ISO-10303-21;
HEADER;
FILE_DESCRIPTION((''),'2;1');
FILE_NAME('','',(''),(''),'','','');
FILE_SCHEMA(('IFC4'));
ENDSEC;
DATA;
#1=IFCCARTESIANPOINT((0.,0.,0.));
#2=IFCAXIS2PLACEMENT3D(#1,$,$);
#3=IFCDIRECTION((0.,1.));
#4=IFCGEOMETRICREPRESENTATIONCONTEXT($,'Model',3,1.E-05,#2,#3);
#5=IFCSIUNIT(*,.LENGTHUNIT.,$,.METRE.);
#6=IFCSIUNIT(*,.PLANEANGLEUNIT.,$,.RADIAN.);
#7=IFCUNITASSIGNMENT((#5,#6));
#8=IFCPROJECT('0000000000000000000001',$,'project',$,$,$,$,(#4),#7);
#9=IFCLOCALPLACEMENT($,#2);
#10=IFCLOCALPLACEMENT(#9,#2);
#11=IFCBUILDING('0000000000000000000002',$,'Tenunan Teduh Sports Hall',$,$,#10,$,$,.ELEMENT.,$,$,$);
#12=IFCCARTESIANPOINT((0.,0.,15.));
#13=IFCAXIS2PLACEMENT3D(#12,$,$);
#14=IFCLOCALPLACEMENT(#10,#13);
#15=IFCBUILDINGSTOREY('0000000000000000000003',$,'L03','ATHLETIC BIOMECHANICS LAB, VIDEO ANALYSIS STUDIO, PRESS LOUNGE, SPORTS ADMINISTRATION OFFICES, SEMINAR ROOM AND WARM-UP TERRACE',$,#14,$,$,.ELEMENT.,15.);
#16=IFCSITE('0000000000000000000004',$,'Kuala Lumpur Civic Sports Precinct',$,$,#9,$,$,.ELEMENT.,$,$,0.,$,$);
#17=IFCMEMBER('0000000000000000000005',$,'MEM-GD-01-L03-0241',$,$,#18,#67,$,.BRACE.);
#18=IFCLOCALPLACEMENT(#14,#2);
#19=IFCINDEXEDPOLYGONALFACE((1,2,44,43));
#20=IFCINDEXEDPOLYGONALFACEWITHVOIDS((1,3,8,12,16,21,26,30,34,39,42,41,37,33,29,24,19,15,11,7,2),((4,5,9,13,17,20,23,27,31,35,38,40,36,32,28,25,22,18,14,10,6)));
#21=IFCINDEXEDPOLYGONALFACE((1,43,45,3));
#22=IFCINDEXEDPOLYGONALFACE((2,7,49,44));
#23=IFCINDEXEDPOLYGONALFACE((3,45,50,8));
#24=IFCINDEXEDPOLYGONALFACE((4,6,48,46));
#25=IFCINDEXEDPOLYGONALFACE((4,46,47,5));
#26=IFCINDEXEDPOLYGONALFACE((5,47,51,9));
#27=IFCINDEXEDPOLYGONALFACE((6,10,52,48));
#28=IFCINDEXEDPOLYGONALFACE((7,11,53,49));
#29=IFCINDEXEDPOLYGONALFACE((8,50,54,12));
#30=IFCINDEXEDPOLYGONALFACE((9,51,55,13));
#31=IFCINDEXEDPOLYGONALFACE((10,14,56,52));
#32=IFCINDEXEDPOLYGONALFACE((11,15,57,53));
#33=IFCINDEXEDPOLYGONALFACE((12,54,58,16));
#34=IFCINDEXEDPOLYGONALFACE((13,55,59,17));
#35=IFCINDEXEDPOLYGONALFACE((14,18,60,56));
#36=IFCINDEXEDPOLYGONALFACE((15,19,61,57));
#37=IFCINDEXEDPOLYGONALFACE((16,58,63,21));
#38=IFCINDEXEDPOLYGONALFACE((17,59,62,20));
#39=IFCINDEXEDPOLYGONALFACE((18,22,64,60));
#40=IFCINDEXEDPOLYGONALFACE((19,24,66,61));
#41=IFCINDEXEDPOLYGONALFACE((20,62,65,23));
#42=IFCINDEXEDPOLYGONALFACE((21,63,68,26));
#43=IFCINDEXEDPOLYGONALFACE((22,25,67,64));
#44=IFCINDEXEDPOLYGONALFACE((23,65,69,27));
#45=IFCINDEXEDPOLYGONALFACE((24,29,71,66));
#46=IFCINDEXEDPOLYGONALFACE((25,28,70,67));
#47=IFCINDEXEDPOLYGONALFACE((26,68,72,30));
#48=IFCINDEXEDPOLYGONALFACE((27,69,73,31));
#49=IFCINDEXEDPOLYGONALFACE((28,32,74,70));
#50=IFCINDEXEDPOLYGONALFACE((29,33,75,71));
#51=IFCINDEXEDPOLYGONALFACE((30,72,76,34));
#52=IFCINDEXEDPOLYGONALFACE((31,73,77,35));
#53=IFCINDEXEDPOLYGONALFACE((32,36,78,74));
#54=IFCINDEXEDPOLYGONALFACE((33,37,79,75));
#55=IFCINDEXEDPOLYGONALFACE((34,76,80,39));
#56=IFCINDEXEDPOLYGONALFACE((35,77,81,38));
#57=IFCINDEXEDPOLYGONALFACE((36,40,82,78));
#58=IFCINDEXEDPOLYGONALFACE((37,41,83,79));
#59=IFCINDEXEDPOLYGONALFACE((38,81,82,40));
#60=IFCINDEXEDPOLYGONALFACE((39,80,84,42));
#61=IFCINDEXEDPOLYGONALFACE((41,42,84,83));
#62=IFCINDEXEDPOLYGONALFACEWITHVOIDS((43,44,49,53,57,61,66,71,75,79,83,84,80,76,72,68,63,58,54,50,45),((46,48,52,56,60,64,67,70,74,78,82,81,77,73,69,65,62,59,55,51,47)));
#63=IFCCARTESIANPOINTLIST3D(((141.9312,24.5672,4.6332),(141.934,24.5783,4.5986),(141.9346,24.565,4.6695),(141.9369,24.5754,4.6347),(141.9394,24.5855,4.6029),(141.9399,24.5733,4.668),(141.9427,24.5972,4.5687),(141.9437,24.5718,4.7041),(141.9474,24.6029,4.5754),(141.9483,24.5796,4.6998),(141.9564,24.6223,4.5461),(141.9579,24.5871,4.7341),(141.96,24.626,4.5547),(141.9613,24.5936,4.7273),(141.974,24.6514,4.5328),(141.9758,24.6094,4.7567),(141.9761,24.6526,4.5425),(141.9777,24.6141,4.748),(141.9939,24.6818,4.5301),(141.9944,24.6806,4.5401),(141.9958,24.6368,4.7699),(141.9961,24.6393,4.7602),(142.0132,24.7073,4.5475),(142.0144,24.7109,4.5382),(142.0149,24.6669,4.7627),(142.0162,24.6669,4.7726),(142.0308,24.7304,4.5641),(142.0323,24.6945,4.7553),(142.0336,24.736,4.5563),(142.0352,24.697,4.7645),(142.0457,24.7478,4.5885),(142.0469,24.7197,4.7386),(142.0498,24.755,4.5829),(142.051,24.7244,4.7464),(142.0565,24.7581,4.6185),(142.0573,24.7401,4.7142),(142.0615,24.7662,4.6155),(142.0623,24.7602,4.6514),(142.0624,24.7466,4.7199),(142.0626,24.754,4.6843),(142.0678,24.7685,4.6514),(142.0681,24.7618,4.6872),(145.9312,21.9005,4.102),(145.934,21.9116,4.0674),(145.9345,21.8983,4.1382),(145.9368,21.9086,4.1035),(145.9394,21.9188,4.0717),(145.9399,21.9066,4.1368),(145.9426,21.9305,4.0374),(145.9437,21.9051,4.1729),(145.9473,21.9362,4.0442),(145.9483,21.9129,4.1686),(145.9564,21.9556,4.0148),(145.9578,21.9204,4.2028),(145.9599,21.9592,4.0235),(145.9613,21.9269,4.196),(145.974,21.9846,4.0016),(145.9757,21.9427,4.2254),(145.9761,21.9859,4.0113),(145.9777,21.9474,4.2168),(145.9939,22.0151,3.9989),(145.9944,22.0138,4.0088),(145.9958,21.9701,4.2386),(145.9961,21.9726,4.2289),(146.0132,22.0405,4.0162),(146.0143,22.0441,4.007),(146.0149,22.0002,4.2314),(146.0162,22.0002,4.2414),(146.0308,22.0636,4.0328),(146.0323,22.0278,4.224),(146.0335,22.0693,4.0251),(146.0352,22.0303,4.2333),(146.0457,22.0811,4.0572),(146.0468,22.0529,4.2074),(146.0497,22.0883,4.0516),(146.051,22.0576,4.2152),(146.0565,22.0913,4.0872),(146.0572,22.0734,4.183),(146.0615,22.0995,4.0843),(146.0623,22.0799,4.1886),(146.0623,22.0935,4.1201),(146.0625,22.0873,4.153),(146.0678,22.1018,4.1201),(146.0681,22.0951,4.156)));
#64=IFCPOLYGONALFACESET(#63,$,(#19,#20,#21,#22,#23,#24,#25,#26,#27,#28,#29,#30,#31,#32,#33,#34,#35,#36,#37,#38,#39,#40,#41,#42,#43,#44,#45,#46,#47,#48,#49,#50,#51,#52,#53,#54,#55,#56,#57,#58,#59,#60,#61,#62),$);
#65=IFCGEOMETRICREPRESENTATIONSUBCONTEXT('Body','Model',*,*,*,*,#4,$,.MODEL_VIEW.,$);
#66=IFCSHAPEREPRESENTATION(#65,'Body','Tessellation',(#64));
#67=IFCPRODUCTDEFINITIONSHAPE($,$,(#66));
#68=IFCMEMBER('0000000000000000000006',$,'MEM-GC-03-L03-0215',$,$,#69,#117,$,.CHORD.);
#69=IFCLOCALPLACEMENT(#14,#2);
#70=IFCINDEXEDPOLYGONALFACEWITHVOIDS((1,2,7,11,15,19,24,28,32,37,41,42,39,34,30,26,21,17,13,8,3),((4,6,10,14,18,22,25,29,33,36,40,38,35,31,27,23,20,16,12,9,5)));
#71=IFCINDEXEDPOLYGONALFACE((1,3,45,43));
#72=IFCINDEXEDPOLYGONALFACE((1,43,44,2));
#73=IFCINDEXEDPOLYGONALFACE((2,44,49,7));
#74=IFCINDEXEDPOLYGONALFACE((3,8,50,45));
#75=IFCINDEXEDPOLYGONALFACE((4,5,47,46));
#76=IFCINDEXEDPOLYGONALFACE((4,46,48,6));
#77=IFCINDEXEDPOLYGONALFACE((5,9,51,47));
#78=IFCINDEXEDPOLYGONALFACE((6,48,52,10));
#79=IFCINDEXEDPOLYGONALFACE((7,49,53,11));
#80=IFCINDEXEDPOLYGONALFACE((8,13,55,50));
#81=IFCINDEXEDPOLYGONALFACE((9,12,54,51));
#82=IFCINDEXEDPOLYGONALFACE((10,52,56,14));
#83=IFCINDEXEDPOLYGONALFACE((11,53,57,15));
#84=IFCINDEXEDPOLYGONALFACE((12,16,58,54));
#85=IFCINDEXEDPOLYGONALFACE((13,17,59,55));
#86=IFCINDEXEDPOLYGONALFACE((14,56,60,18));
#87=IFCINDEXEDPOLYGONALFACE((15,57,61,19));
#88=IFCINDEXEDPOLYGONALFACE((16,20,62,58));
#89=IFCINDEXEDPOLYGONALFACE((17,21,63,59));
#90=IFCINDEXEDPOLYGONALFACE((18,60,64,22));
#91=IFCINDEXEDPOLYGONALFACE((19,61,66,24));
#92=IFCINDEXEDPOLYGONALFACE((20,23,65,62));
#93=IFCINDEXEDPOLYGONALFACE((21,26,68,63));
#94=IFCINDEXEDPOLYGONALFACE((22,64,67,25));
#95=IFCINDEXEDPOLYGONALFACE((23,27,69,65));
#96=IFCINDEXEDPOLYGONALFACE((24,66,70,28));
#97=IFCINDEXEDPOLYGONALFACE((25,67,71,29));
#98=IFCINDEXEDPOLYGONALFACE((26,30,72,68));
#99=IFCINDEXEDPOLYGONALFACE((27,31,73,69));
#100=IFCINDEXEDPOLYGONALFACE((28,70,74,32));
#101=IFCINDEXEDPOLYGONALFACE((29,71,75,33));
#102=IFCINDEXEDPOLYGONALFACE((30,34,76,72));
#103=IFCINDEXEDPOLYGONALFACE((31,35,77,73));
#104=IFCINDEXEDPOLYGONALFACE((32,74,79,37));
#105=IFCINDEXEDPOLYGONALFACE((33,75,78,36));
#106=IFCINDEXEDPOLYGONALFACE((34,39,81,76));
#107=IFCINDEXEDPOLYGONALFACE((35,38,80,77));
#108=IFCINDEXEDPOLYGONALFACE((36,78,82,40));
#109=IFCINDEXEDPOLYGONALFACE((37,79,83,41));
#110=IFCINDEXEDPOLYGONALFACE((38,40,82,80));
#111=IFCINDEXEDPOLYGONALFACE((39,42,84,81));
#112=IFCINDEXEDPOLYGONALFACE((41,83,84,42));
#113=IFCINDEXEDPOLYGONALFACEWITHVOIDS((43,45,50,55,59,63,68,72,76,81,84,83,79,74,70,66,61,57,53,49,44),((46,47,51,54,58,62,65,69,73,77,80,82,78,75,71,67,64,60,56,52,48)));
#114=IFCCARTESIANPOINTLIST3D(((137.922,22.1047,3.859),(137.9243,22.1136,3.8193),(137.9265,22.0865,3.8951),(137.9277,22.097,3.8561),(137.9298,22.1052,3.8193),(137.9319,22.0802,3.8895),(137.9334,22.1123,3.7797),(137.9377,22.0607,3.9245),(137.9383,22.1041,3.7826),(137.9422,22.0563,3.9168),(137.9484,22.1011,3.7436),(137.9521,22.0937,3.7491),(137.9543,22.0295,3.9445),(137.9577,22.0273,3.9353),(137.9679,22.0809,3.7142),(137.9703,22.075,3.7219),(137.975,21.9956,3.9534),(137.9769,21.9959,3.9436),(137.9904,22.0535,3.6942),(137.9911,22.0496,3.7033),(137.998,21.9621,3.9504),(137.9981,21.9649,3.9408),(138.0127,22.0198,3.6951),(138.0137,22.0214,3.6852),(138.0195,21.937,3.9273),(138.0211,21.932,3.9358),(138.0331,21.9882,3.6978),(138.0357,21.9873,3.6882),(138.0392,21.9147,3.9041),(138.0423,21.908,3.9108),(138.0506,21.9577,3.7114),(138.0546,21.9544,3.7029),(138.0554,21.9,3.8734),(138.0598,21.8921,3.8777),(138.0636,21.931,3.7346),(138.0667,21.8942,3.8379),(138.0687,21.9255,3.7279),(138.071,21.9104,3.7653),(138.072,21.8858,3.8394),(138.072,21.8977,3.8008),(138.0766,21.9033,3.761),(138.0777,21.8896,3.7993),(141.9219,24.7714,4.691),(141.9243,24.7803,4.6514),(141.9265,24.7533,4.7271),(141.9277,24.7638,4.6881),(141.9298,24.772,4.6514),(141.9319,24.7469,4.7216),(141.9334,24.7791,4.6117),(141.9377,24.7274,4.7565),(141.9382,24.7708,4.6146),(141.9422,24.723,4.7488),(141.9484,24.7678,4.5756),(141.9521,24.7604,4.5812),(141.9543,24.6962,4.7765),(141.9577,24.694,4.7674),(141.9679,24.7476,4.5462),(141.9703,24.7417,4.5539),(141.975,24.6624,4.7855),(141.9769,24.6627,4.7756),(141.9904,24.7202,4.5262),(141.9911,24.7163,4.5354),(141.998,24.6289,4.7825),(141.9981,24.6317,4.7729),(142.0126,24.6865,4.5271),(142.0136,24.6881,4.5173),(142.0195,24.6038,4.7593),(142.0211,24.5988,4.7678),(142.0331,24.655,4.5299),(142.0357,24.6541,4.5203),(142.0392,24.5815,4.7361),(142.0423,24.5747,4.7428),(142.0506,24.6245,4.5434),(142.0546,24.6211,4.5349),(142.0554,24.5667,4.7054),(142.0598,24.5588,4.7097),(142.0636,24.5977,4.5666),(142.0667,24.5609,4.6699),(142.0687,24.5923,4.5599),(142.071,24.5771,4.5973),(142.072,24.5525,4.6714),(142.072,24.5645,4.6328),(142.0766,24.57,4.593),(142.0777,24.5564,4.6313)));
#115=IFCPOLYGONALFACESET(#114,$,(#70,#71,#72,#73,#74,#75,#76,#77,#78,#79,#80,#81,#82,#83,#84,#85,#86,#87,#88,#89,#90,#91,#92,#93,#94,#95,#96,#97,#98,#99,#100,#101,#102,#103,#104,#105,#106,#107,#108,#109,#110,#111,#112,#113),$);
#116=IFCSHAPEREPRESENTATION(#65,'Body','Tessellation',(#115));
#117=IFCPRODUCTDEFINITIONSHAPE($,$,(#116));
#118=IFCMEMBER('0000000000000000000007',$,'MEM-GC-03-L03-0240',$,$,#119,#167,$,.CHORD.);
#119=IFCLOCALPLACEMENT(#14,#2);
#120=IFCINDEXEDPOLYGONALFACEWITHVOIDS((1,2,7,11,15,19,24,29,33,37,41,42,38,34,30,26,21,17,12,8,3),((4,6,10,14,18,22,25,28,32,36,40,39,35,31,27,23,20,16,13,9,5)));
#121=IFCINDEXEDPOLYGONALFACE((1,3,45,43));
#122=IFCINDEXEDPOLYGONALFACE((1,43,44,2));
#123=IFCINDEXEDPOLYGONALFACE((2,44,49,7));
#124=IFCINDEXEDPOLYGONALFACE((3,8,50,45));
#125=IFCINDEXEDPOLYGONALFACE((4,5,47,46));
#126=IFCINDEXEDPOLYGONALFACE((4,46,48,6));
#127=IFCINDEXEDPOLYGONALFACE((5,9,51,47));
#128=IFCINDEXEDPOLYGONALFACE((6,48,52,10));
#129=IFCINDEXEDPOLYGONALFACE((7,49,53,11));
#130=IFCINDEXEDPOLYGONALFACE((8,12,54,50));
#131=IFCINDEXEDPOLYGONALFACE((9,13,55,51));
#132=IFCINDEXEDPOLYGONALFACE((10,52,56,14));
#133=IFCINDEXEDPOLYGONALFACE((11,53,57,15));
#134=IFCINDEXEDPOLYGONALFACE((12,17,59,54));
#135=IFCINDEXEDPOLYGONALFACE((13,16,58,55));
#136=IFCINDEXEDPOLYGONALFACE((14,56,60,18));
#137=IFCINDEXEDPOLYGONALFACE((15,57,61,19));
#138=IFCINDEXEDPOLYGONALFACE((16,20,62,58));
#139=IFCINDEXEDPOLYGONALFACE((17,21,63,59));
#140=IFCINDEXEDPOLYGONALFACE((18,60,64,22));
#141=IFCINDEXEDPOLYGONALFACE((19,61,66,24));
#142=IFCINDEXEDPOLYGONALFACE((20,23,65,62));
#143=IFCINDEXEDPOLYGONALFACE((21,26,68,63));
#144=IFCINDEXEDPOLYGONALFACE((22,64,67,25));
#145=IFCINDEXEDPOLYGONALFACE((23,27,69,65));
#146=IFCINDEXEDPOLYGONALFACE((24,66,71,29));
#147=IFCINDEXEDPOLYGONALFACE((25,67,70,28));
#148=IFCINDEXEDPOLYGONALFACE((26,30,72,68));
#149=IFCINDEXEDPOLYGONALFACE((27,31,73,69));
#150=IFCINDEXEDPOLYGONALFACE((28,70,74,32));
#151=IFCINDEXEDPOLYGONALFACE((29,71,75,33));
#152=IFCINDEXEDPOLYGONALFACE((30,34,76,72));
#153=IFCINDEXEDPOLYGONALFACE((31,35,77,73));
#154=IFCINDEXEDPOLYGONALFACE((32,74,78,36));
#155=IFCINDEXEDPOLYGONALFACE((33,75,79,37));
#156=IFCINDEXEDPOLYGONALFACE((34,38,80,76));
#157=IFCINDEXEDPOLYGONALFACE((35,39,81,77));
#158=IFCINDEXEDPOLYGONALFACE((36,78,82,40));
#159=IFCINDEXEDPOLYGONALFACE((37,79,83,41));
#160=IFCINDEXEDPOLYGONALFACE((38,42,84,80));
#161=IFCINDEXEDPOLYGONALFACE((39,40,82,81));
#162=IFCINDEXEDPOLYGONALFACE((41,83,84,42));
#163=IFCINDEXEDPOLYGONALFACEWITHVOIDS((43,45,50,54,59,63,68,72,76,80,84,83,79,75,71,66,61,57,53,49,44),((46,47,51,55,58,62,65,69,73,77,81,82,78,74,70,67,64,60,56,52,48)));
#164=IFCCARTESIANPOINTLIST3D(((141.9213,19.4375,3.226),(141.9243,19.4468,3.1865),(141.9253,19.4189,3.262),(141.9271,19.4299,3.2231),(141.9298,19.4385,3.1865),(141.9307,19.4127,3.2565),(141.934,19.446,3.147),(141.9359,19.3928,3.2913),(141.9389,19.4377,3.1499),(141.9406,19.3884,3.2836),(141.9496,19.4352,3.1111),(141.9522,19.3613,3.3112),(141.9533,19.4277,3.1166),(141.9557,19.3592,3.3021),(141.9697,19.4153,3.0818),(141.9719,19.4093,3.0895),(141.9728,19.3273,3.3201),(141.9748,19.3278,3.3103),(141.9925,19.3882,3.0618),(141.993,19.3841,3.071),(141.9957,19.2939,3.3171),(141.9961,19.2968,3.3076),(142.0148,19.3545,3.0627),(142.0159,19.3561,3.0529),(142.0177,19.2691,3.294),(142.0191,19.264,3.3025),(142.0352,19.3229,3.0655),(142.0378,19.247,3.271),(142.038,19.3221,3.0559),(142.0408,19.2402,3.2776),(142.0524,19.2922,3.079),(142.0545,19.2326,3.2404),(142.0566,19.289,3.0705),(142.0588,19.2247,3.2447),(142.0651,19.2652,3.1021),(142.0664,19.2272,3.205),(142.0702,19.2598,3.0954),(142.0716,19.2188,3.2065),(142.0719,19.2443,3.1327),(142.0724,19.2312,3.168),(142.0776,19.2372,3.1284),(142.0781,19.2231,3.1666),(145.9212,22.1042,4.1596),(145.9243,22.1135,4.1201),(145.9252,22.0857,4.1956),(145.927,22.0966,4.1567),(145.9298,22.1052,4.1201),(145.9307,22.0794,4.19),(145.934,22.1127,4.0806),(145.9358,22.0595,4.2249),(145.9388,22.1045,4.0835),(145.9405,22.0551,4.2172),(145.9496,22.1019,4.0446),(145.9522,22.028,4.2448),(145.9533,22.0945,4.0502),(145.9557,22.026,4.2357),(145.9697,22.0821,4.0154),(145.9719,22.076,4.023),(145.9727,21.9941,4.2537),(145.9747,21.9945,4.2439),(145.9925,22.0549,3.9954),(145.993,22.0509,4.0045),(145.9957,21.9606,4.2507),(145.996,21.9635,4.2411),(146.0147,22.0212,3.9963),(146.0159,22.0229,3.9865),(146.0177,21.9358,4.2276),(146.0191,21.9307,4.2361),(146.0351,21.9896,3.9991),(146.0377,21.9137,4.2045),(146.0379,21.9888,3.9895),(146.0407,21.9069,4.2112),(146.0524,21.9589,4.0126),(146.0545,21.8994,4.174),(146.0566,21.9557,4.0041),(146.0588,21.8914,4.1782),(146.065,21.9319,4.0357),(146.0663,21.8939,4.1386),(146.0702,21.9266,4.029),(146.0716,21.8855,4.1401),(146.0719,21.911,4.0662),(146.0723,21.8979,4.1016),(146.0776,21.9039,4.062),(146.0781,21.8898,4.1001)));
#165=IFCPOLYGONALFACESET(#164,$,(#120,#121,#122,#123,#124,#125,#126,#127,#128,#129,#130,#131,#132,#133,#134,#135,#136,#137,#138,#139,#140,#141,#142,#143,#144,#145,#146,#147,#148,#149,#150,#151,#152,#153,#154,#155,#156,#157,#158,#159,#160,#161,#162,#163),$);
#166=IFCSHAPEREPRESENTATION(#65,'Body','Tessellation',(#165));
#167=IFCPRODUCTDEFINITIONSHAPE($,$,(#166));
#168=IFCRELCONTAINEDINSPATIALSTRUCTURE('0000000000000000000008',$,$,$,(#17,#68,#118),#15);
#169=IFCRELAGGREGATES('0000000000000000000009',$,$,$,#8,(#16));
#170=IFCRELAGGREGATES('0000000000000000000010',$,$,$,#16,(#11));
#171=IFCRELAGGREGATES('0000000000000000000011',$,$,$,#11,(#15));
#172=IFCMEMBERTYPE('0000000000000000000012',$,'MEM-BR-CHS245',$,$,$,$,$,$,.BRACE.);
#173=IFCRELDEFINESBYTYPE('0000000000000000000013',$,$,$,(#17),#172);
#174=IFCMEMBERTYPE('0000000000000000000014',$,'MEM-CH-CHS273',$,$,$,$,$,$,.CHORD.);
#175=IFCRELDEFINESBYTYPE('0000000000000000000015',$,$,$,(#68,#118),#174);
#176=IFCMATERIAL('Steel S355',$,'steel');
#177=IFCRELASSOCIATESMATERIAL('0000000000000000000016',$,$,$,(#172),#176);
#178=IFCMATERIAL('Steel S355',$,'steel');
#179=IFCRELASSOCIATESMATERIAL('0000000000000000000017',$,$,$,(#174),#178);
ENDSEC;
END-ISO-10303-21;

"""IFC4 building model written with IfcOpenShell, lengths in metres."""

from ifc_helpers import new_model, si_unit, direction, frame, origin, origin_2d, place, context, subcontext, project, spatial, hollow_circle, extrude, material, material_profile, profile_set, type_object, element, save


model = new_model("IFC4")

# Units and contexts
model_context = context("Model", 3, precision=1e-05, world=origin(), true_north=direction((0.0, 1.0)))
body_context = subcontext(model_context, "Body", "Model", "MODEL_VIEW")
ifc_project = project(units=[si_unit("LENGTHUNIT", "METRE"), si_unit("PLANEANGLEUNIT", "RADIAN")], contexts=[model_context])

# Site, building, storey
site_placement = place(None, origin())
site = spatial("IfcSite", under=ifc_project, at=site_placement, Name="Kuala Lumpur Civic Sports Precinct", CompositionType="ELEMENT", RefElevation=0.0)
building_placement = place(site_placement, origin())
building = spatial("IfcBuilding", under=site, at=building_placement, Name="Tenunan Teduh Sports Hall", CompositionType="ELEMENT")
storey_placement = place(building_placement, frame((0.0, 0.0, 15.0)))
storey = spatial("IfcBuildingStorey", under=building, at=storey_placement, Name="L03", Description="ATHLETIC BIOMECHANICS LAB, VIDEO ANALYSIS STUDIO, PRESS LOUNGE, SPORTS ADMINISTRATION OFFICES, SEMINAR ROOM AND WARM-UP TERRACE", CompositionType="ELEMENT", Elevation=15.0)

# Members
ifc_material_1 = material(Name="Steel S355", Category="steel")
ifc_material_profile_1 = material_profile(ifc_material_1, hollow_circle(Radius=0.1223, WallThickness=0.01, at=origin_2d()), Name="CHS 244.5x10.0")
ifc_profile_set_1 = profile_set([ifc_material_profile_1], Name="Steel S355")
member_type_1 = type_object("IfcMemberType", Name="MEM-BR-CHS245", PredefinedType="BRACE", material=ifc_profile_set_1)
member_1_placement = place(storey_placement, frame((142.0, 24.6667, 4.6514), z_axis=(0.827008, -0.551356, -0.109837), x_axis=(0.554712, 0.832042, 0.0)))
element("IfcMember", 1, at=member_1_placement, inside=storey, type_object=member_type_1, Name="MEM-GD-01-L03-0241", PredefinedType="BRACE", context=body_context, shape_type="SweptSolid", body=[
    extrude(hollow_circle(Radius=0.1223, WallThickness=0.01, at=origin_2d()), origin(), (0.0, 0.0, 1.0), 4.8367),
])
ifc_material_2 = material(Name="Steel S355", Category="steel")
ifc_material_profile_2 = material_profile(ifc_material_2, hollow_circle(Radius=0.1365, WallThickness=0.01, at=origin_2d()), Name="CHS 273.0x10.0")
ifc_profile_set_2 = profile_set([ifc_material_profile_2], Name="Steel S355")
member_type_2 = type_object("IfcMemberType", Name="MEM-CH-CHS273", PredefinedType="CHORD", material=ifc_profile_set_2)
member_2_placement = place(storey_placement, frame((138.0, 22.0, 3.8193), z_axis=(0.819854, 0.546586, 0.170536), x_axis=(-0.554712, 0.832042, 0.0)))
element("IfcMember", 2, at=member_2_placement, inside=storey, type_object=member_type_2, Name="MEM-GC-03-L03-0215", PredefinedType="CHORD", context=body_context, shape_type="SweptSolid", body=[
    extrude(hollow_circle(Radius=0.1365, WallThickness=0.01, at=origin_2d()), origin(), (0.0, 0.0, 1.0), 4.8789),
])
member_3_placement = place(storey_placement, frame((142.0, 19.3333, 3.1865), z_axis=(0.816783, 0.544539, 0.190636), x_axis=(-0.554712, 0.832042, 0.0)))
element("IfcMember", 3, at=member_3_placement, inside=storey, type_object=member_type_2, Name="MEM-GC-03-L03-0240", PredefinedType="CHORD", context=body_context, shape_type="SweptSolid", body=[
    extrude(hollow_circle(Radius=0.1365, WallThickness=0.01, at=origin_2d()), origin(), (0.0, 0.0, 1.0), 4.8972),
])

save(model, "model.ifc")
